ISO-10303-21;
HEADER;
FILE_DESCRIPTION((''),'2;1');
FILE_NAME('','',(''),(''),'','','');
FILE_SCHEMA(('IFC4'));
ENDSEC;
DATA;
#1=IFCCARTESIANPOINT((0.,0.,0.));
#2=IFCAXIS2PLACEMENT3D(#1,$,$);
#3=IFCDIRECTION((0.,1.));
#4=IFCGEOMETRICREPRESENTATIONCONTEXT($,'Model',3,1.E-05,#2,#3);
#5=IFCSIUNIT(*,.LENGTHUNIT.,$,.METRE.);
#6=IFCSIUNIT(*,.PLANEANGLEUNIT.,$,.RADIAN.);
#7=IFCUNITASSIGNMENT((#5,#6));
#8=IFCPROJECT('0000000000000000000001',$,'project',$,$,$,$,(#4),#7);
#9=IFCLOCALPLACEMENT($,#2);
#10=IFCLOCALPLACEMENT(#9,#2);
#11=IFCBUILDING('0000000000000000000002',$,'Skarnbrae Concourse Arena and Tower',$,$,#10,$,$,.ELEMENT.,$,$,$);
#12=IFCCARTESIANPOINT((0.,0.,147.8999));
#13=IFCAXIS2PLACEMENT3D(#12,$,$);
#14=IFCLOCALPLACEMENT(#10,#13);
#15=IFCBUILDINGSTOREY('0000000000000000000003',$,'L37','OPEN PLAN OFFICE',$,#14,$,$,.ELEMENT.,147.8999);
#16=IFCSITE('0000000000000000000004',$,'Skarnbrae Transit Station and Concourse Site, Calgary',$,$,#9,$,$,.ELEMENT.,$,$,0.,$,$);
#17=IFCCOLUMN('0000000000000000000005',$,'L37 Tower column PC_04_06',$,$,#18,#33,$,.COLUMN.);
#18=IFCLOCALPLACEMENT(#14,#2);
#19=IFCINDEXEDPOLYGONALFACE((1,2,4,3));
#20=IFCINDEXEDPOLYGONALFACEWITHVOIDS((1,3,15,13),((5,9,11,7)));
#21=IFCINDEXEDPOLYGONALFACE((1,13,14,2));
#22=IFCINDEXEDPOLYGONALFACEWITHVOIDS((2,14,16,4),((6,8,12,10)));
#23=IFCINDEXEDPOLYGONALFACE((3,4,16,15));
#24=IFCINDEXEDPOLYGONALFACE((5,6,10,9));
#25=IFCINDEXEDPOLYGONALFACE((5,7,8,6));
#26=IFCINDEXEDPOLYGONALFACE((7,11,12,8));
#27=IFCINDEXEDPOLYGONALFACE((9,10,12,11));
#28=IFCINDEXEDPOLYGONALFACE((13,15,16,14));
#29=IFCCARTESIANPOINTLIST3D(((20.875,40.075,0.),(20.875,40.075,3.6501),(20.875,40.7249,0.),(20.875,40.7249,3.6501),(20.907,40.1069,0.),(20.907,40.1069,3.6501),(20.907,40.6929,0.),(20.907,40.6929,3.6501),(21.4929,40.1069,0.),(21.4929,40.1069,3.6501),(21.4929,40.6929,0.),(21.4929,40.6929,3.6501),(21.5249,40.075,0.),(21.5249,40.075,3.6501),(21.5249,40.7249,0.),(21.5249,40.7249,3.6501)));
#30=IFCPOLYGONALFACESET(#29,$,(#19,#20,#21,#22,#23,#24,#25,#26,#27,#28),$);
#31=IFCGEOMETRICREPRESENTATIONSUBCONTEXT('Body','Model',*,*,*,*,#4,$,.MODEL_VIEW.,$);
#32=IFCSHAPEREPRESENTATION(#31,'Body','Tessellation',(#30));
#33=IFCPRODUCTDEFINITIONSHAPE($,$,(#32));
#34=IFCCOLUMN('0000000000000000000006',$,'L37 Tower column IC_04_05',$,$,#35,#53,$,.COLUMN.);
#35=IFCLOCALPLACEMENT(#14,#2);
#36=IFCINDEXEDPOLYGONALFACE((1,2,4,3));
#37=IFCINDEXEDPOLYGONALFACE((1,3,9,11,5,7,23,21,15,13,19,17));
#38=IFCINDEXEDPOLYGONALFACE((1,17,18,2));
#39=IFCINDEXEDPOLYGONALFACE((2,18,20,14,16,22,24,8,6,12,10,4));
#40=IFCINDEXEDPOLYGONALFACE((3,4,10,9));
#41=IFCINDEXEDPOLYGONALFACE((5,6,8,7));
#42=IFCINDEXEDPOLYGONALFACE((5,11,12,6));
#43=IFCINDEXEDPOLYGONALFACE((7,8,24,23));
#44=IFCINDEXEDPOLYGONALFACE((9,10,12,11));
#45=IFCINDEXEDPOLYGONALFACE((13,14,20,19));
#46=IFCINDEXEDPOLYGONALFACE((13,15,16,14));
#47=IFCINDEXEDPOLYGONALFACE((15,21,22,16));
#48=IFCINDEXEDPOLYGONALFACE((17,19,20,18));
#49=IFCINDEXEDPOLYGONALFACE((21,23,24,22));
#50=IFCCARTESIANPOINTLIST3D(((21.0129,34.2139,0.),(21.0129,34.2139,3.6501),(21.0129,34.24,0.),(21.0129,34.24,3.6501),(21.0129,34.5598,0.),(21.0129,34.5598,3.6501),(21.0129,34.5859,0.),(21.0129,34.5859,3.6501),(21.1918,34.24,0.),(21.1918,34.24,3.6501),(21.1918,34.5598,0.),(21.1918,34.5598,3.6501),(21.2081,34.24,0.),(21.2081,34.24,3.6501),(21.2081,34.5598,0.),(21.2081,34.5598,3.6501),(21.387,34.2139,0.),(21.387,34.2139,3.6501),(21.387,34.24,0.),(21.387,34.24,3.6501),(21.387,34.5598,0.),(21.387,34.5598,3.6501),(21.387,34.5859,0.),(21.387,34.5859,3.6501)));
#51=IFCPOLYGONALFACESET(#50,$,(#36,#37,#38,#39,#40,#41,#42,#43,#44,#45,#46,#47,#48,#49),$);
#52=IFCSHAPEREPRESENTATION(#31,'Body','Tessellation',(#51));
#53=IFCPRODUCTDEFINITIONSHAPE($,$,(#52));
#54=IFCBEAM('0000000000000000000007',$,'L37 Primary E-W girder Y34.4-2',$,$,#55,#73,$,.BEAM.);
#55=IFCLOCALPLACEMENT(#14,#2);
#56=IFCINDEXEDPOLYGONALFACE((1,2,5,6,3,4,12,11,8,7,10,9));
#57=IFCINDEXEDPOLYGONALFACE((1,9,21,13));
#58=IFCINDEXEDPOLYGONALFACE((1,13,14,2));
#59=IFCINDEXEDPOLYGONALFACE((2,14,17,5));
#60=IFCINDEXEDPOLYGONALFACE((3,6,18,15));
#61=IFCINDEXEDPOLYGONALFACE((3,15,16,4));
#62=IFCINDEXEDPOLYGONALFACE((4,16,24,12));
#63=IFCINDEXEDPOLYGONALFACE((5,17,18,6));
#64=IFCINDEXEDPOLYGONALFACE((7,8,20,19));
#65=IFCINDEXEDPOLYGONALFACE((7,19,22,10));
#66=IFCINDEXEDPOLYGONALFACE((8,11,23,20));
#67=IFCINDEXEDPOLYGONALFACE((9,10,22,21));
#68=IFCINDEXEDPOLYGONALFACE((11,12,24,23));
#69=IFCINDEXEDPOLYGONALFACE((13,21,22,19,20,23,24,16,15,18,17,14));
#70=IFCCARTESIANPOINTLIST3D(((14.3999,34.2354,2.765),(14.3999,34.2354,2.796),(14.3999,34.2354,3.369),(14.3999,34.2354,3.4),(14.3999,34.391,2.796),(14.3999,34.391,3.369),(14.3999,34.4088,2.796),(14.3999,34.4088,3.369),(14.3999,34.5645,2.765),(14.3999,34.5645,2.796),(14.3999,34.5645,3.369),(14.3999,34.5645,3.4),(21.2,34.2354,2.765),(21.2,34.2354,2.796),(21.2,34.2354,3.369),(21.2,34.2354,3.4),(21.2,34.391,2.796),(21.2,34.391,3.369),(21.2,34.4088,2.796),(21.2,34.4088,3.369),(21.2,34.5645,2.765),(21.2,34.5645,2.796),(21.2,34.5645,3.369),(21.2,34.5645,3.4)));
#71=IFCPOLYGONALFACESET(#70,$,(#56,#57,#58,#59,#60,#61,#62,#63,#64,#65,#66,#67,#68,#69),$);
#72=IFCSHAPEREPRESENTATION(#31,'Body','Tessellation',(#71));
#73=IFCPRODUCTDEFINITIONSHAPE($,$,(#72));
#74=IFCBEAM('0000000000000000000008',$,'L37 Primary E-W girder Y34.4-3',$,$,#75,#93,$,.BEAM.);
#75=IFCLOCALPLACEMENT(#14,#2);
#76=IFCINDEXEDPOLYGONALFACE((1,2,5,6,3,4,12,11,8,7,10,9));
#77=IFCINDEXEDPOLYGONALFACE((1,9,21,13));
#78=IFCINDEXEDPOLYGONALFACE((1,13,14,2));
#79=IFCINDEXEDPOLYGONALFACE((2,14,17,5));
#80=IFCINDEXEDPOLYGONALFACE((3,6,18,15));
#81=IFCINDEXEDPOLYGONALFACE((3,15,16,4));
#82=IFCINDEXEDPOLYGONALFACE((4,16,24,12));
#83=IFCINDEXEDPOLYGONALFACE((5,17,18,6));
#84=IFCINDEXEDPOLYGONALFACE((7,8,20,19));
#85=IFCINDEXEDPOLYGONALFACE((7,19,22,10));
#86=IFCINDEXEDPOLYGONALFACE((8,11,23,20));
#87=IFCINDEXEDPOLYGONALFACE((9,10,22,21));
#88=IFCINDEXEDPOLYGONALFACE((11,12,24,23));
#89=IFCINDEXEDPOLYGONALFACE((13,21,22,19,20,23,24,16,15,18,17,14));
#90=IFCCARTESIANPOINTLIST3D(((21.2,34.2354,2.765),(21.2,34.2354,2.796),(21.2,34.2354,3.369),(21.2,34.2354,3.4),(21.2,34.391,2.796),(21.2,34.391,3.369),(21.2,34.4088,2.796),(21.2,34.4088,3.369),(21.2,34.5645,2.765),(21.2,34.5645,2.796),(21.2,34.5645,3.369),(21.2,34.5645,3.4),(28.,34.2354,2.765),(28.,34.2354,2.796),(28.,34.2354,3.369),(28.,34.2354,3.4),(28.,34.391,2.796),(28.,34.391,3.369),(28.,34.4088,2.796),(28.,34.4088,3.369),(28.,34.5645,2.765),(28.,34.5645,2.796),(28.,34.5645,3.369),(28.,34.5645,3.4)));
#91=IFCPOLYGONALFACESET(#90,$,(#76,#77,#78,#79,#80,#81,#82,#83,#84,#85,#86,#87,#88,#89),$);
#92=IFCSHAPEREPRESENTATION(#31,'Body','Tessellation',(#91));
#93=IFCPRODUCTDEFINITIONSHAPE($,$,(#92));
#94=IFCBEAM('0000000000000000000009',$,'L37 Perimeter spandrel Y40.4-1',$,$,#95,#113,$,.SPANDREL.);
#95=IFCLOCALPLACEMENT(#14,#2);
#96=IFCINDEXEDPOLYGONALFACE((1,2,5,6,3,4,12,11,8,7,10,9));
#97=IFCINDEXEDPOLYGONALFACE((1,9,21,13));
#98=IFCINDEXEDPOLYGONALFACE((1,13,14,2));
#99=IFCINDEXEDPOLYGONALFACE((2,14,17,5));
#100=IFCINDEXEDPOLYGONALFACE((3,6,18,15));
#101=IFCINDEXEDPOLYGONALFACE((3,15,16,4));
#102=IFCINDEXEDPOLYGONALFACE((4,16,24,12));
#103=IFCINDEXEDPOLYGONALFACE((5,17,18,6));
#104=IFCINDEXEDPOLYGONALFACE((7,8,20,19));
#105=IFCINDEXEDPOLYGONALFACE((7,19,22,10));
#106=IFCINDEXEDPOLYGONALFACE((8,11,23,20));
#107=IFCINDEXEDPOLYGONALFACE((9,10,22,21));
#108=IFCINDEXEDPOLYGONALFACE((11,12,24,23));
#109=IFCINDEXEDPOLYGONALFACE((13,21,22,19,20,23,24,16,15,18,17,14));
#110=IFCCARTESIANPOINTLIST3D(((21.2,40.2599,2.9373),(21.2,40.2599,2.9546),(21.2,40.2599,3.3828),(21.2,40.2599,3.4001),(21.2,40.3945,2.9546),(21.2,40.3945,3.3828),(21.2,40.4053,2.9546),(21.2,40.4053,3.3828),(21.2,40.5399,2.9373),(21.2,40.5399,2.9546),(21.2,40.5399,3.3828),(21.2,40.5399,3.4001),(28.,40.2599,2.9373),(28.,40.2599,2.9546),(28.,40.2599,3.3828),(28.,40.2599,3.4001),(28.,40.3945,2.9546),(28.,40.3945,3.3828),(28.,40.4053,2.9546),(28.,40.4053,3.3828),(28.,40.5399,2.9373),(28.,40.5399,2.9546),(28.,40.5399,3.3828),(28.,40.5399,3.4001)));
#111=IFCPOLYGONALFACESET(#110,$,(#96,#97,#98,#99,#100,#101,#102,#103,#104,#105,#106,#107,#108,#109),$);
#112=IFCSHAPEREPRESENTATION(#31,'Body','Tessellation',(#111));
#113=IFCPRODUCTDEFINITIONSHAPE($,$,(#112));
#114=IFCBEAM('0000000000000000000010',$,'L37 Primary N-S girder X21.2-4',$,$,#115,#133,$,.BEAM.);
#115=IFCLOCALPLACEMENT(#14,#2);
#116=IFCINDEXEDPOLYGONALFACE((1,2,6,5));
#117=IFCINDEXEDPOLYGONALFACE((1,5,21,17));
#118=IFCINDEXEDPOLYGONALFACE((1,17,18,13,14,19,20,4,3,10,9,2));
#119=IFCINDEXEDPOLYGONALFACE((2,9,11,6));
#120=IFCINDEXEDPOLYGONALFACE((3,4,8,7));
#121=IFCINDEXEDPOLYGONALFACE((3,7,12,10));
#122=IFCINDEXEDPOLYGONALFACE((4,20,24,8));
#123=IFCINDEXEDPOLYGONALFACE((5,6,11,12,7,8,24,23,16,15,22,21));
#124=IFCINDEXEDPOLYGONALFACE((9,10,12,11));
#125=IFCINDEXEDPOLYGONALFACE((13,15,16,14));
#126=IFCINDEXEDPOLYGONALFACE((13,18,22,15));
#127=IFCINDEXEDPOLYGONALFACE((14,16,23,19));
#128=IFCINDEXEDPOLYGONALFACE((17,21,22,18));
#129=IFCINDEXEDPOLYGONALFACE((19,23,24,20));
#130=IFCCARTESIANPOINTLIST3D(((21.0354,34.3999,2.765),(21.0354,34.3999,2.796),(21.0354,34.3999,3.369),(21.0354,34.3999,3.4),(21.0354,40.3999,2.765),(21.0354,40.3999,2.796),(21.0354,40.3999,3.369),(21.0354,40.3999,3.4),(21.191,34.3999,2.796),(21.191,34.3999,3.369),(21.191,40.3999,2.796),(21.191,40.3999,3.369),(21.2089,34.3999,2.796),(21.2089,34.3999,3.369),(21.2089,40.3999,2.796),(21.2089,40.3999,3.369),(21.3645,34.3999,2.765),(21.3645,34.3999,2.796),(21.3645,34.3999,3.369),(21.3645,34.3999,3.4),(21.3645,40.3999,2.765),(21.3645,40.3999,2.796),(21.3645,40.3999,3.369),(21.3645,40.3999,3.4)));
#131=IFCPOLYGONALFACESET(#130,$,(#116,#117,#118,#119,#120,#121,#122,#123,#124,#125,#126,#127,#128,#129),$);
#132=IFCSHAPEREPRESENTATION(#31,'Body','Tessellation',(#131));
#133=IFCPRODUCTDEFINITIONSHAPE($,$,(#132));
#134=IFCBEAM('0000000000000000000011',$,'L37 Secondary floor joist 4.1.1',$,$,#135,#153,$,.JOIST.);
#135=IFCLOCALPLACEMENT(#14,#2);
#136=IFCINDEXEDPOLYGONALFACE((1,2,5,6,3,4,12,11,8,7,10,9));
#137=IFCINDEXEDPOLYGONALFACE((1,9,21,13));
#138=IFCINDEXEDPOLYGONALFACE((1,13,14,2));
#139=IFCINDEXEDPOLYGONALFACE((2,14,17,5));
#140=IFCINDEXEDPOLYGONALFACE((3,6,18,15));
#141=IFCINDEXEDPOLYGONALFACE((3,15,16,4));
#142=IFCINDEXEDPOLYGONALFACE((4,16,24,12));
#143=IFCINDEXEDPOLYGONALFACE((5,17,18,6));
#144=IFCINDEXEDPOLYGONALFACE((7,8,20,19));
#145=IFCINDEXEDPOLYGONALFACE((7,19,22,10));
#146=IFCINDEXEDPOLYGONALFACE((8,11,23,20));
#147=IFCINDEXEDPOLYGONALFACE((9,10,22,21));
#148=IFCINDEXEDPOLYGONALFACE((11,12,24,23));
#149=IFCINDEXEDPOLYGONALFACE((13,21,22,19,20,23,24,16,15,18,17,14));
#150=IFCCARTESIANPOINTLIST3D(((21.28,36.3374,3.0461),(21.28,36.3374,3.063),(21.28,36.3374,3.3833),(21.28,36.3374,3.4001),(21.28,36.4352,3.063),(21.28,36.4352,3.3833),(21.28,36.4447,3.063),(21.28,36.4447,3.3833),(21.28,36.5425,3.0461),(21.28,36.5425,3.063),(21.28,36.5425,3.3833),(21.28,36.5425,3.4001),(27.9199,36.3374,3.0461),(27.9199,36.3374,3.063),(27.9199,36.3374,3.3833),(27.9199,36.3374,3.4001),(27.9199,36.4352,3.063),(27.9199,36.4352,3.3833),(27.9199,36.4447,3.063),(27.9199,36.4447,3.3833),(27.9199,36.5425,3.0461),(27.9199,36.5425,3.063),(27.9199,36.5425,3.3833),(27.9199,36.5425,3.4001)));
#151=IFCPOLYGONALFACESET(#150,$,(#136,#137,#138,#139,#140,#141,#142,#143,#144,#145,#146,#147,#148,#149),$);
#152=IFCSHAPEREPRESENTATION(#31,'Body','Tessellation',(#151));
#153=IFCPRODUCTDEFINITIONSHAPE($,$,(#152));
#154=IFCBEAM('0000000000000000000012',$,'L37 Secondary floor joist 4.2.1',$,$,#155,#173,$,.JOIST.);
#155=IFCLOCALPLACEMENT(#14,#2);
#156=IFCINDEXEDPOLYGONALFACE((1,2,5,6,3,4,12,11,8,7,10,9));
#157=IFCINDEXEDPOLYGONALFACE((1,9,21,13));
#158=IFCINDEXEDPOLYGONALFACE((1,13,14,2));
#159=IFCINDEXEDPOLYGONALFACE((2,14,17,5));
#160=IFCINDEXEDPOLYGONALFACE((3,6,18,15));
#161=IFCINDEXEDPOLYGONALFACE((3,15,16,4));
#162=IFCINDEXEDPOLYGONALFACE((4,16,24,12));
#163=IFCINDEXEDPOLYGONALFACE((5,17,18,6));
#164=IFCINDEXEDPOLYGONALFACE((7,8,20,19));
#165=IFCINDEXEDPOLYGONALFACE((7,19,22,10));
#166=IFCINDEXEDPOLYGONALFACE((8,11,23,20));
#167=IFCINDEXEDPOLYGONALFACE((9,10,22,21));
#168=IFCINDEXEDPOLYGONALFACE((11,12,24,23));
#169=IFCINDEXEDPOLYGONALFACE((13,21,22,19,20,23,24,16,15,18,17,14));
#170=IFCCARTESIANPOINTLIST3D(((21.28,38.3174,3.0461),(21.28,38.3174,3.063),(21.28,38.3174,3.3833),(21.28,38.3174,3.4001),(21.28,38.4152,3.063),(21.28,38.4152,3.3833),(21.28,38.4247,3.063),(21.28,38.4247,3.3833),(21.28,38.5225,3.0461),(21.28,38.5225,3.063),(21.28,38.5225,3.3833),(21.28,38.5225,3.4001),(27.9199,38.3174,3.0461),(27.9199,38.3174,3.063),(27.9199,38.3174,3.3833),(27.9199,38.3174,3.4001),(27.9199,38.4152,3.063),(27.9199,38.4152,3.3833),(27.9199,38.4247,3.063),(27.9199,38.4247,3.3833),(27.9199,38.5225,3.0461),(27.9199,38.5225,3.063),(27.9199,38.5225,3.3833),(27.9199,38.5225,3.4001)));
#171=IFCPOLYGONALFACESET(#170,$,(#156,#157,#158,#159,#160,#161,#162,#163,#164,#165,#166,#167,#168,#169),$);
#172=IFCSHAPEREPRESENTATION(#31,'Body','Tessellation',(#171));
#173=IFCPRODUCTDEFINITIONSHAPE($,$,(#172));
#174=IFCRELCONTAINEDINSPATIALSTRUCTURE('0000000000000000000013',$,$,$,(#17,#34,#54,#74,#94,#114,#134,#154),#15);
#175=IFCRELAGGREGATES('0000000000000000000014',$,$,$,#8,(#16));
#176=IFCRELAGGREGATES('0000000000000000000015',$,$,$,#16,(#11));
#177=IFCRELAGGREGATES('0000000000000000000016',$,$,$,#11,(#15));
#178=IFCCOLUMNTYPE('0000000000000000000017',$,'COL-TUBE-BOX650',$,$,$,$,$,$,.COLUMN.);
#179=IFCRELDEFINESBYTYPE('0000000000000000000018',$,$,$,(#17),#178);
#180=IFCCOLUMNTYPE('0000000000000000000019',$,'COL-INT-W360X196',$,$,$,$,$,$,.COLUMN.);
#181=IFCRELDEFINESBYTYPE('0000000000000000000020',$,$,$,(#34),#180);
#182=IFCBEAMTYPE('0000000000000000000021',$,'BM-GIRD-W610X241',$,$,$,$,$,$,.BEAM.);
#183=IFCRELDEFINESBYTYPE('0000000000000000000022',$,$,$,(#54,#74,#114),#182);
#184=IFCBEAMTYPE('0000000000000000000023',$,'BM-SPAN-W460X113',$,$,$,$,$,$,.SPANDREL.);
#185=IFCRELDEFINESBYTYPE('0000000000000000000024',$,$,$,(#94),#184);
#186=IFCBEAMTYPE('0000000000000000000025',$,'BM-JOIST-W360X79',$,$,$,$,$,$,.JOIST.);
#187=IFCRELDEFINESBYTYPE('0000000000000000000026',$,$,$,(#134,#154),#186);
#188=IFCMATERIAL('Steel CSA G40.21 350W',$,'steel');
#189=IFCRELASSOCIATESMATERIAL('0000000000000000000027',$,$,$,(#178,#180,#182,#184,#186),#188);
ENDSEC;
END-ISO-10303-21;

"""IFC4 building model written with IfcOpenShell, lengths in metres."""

from ifc_helpers import new_model, si_unit, direction, frame, origin, origin_2d, place, context, subcontext, project, spatial, hollow_rectangle, i_section, extrude, source, transform, mapped, material, material_profile, profile_set, type_object, element, save


model = new_model("IFC4")

# Units and contexts
model_context = context("Model", 3, precision=1e-05, world=origin(), true_north=direction((0.0, 1.0)))
body_context = subcontext(model_context, "Body", "Model", "MODEL_VIEW")
ifc_project = project(units=[si_unit("LENGTHUNIT", "METRE"), si_unit("PLANEANGLEUNIT", "RADIAN")], contexts=[model_context])

# Site, building, storey
site_placement = place(None, origin())
site = spatial("IfcSite", under=ifc_project, at=site_placement, Name="Skarnbrae Transit Station and Concourse Site, Calgary", CompositionType="ELEMENT", RefElevation=0.0)
building_placement = place(site_placement, origin())
building = spatial("IfcBuilding", under=site, at=building_placement, Name="Skarnbrae Concourse Arena and Tower", CompositionType="ELEMENT")
storey_placement = place(building_placement, frame((0.0, 0.0, 147.8999)))
storey = spatial("IfcBuildingStorey", under=building, at=storey_placement, Name="L37", Description="OPEN PLAN OFFICE", CompositionType="ELEMENT", Elevation=147.8999)

# Columns
ifc_material_1 = material(Name="Steel CSA G40.21 350W", Category="steel")
ifc_material_profile_1 = material_profile(ifc_material_1, hollow_rectangle(XDim=0.6499, YDim=0.6499, WallThickness=0.032, at=origin_2d()), Name="BOX650X650X32")
ifc_profile_set_1 = profile_set([ifc_material_profile_1], Name="Steel CSA G40.21 350W")
column_type_1 = type_object("IfcColumnType", Name="COL-TUBE-BOX650", PredefinedType="COLUMN", material=ifc_profile_set_1)
shared_shape_1 = source(origin(), body_context, "Body", "SweptSolid", [
    extrude(hollow_rectangle(XDim=0.6499, YDim=0.6499, WallThickness=0.032, at=origin_2d()), origin(), (0.0, 0.0, 1.0), 3.6501),
])
column_1_placement = place(storey_placement, frame((21.2, 40.3999, 0.0), z_axis=(0.0, 0.0, 1.0), x_axis=(1.0, 0.0, 0.0)))
element("IfcColumn", 1, at=column_1_placement, inside=storey, type_object=column_type_1, Name="L37 Tower column PC_04_06", PredefinedType="COLUMN", context=body_context, shape_type="MappedRepresentation", body=[
    mapped(shared_shape_1, transform((0.0, 0.0, 0.0))),
])
ifc_material_profile_2 = material_profile(ifc_material_1, i_section(OverallWidth=0.374, OverallDepth=0.3721, WebThickness=0.0164, FlangeThickness=0.0261, at=origin_2d()), Name="W360X196")
ifc_profile_set_2 = profile_set([ifc_material_profile_2], Name="Steel CSA G40.21 350W")
column_type_2 = type_object("IfcColumnType", Name="COL-INT-W360X196", PredefinedType="COLUMN", material=ifc_profile_set_2)
shared_shape_2 = source(origin(), body_context, "Body", "SweptSolid", [
    extrude(i_section(OverallWidth=0.374, OverallDepth=0.3721, WebThickness=0.0164, FlangeThickness=0.0261, at=origin_2d()), origin(), (0.0, 0.0, 1.0), 3.6501),
])
column_2_placement = place(storey_placement, frame((21.2, 34.3999, 0.0), z_axis=(0.0, 0.0, 1.0), x_axis=(1.0, 0.0, 0.0)))
element("IfcColumn", 2, at=column_2_placement, inside=storey, type_object=column_type_2, Name="L37 Tower column IC_04_05", PredefinedType="COLUMN", context=body_context, shape_type="MappedRepresentation", body=[
    mapped(shared_shape_2, transform((0.0, 0.0, 0.0))),
])

# Beams
ifc_material_profile_3 = material_profile(ifc_material_1, i_section(OverallWidth=0.3291, OverallDepth=0.635, WebThickness=0.0178, FlangeThickness=0.031, at=origin_2d()), Name="W610X241")
ifc_profile_set_3 = profile_set([ifc_material_profile_3], Name="Steel CSA G40.21 350W")
beam_type_1 = type_object("IfcBeamType", Name="BM-GIRD-W610X241", PredefinedType="BEAM", material=ifc_profile_set_3)
shared_shape_3 = source(origin(), body_context, "Body", "SweptSolid", [
    extrude(i_section(OverallWidth=0.3291, OverallDepth=0.635, WebThickness=0.0178, FlangeThickness=0.031, at=origin_2d()), origin(), (0.0, 0.0, 1.0), 6.8),
])
for number, where, z_axis, x_axis, name in (
    (3, (14.3999, 34.3999, 3.0825), (1.0, 0.0, 0.0), (0.0, 1.0, 0.0), "L37 Primary E-W girder Y34.4-2"),
    (4, (21.2, 34.3999, 3.0825), (1.0, 0.0, 0.0), (0.0, 1.0, 0.0), "L37 Primary E-W girder Y34.4-3"),
):
    element("IfcBeam", number, at=place(storey_placement, frame(where, z_axis=z_axis, x_axis=x_axis)), inside=storey, type_object=beam_type_1, Name=name, PredefinedType="BEAM", context=body_context, shape_type="MappedRepresentation", body=[
        mapped(shared_shape_3, transform((0.0, 0.0, 0.0))),
    ])
ifc_material_profile_4 = material_profile(ifc_material_1, i_section(OverallWidth=0.28, OverallDepth=0.4629, WebThickness=0.0107, FlangeThickness=0.0173, at=origin_2d()), Name="W460X113")
ifc_profile_set_4 = profile_set([ifc_material_profile_4], Name="Steel CSA G40.21 350W")
beam_type_2 = type_object("IfcBeamType", Name="BM-SPAN-W460X113", PredefinedType="SPANDREL", material=ifc_profile_set_4)
shared_shape_4 = source(origin(), body_context, "Body", "SweptSolid", [
    extrude(i_section(OverallWidth=0.28, OverallDepth=0.4629, WebThickness=0.0107, FlangeThickness=0.0173, at=origin_2d()), origin(), (0.0, 0.0, 1.0), 6.8),
])
beam_1_placement = place(storey_placement, frame((21.2, 40.3999, 3.1687), z_axis=(1.0, 0.0, 0.0), x_axis=(0.0, 1.0, 0.0)))
element("IfcBeam", 5, at=beam_1_placement, inside=storey, type_object=beam_type_2, Name="L37 Perimeter spandrel Y40.4-1", PredefinedType="SPANDREL", context=body_context, shape_type="MappedRepresentation", body=[
    mapped(shared_shape_4, transform((0.0, 0.0, 0.0))),
])
shared_shape_5 = source(origin(), body_context, "Body", "SweptSolid", [
    extrude(i_section(OverallWidth=0.3291, OverallDepth=0.635, WebThickness=0.0178, FlangeThickness=0.031, at=origin_2d()), origin(), (0.0, 0.0, 1.0), 6.0),
])
beam_2_placement = place(storey_placement, frame((21.2, 34.3999, 3.0825), z_axis=(0.0, 1.0, 0.0), x_axis=(-1.0, 0.0, 0.0)))
element("IfcBeam", 6, at=beam_2_placement, inside=storey, type_object=beam_type_1, Name="L37 Primary N-S girder X21.2-4", PredefinedType="BEAM", context=body_context, shape_type="MappedRepresentation", body=[
    mapped(shared_shape_5, transform((0.0, 0.0, 0.0))),
])
ifc_material_profile_5 = material_profile(ifc_material_1, i_section(OverallWidth=0.2051, OverallDepth=0.354, WebThickness=0.0095, FlangeThickness=0.0168, at=origin_2d()), Name="W360X79")
ifc_profile_set_5 = profile_set([ifc_material_profile_5], Name="Steel CSA G40.21 350W")
beam_type_3 = type_object("IfcBeamType", Name="BM-JOIST-W360X79", PredefinedType="JOIST", material=ifc_profile_set_5)
shared_shape_6 = source(origin(), body_context, "Body", "SweptSolid", [
    extrude(i_section(OverallWidth=0.2051, OverallDepth=0.354, WebThickness=0.0095, FlangeThickness=0.0168, at=origin_2d()), origin(), (0.0, 0.0, 1.0), 6.6399),
])
for number, where, z_axis, x_axis, name in (
    (7, (21.28, 36.4399, 3.2231), (1.0, 0.0, 0.0), (0.0, 1.0, 0.0), "L37 Secondary floor joist 4.1.1"),
    (8, (21.28, 38.4199, 3.2231), (1.0, 0.0, 0.0), (0.0, 1.0, 0.0), "L37 Secondary floor joist 4.2.1"),
):
    element("IfcBeam", number, at=place(storey_placement, frame(where, z_axis=z_axis, x_axis=x_axis)), inside=storey, type_object=beam_type_3, Name=name, PredefinedType="JOIST", context=body_context, shape_type="MappedRepresentation", body=[
        mapped(shared_shape_6, transform((0.0, 0.0, 0.0))),
    ])

save(model, "model.ifc")
